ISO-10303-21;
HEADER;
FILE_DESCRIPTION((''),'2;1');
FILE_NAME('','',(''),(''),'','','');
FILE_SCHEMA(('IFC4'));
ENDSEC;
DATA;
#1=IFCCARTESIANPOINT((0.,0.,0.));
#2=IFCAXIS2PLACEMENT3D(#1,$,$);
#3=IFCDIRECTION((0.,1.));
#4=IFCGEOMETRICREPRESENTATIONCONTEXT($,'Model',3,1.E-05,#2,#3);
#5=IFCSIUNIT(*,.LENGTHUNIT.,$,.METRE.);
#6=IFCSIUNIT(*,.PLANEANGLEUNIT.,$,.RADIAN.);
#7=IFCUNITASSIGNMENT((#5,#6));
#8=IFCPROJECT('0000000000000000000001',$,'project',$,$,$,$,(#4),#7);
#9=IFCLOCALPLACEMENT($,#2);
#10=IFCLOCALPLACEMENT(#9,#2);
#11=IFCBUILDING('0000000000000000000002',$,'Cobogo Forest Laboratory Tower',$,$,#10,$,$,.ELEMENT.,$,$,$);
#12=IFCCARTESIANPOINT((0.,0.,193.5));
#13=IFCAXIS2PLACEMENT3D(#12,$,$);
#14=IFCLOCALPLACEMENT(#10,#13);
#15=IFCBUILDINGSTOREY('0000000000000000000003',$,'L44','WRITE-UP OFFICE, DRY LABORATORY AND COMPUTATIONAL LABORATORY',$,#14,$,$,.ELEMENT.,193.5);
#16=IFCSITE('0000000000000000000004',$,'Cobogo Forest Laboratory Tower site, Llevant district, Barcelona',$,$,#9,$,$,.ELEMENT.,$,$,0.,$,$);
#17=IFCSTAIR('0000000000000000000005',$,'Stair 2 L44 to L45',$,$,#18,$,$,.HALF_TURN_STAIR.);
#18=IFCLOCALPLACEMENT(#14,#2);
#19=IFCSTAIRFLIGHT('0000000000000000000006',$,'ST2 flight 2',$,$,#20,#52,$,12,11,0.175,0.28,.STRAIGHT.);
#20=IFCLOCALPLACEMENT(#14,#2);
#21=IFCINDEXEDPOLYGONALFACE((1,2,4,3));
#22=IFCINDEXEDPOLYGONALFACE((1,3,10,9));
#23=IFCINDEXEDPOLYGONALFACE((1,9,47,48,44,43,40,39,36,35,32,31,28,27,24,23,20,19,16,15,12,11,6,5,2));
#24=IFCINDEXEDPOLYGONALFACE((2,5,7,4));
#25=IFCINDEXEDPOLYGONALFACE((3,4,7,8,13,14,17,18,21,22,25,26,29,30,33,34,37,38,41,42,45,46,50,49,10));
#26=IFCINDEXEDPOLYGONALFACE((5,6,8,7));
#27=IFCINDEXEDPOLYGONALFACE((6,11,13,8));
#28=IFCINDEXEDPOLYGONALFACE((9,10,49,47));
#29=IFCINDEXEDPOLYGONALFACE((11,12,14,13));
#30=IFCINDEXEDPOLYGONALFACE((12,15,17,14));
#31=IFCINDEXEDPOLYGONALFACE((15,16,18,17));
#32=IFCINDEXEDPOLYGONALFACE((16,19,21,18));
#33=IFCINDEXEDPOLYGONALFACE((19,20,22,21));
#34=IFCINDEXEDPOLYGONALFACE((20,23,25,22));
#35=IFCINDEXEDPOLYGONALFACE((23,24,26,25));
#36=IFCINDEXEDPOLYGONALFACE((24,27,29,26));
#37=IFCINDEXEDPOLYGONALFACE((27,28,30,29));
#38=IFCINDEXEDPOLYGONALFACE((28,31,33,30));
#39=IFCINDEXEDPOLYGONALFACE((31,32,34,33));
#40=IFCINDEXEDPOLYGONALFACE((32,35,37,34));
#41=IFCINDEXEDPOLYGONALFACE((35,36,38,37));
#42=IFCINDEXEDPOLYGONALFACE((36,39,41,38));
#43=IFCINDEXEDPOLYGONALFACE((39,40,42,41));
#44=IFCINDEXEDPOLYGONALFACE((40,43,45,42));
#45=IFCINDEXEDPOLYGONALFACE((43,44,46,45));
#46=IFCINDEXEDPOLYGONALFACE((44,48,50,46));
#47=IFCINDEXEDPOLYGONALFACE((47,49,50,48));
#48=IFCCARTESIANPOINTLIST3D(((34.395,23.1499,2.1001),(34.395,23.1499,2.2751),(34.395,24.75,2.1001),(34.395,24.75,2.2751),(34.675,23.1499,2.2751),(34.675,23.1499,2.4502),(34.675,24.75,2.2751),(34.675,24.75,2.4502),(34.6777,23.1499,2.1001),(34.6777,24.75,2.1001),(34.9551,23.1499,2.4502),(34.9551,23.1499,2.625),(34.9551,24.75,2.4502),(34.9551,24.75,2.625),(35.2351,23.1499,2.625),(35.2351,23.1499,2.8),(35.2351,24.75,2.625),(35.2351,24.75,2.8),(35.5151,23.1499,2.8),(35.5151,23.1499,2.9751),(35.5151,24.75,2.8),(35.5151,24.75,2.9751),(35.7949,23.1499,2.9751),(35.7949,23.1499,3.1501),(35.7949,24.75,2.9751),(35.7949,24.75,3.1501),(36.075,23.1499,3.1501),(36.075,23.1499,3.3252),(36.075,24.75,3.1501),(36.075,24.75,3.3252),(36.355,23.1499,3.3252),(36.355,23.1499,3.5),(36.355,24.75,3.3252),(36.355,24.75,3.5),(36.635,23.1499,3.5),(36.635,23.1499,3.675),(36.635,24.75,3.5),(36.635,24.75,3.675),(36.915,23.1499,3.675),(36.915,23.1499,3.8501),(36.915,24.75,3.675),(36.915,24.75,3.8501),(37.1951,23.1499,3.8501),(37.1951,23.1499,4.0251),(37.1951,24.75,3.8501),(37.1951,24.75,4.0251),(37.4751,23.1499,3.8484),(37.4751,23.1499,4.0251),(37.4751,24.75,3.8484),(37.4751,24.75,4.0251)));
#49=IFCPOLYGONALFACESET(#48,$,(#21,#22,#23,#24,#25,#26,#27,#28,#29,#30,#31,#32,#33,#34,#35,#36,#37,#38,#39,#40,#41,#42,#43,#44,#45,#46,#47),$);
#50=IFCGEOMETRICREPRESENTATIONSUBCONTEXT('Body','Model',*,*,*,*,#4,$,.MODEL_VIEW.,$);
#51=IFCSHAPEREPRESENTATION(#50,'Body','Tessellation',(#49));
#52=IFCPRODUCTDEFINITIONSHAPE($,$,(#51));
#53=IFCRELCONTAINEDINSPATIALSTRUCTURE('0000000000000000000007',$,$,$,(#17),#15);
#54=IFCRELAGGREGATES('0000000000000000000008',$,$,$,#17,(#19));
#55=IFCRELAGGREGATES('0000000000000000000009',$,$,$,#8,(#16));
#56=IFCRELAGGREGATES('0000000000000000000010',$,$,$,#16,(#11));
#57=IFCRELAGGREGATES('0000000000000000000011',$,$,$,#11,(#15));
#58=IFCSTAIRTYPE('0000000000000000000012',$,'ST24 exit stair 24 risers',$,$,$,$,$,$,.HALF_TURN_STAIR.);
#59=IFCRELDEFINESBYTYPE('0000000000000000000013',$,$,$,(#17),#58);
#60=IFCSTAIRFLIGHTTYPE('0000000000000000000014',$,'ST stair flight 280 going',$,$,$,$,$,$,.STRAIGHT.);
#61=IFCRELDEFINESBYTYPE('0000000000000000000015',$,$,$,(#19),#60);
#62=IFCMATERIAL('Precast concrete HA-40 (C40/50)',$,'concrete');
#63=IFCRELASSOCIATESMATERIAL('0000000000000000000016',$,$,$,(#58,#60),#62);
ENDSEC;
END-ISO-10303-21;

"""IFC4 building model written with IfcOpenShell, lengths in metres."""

from ifc_helpers import new_model, si_unit, direction, frame, origin, place, context, subcontext, project, spatial, polyline, outline, extrude, material, type_object, element, aggregate, save


model = new_model("IFC4")

# Units and contexts
model_context = context("Model", 3, precision=1e-05, world=origin(), true_north=direction((0.0, 1.0)))
body_context = subcontext(model_context, "Body", "Model", "MODEL_VIEW")
ifc_project = project(units=[si_unit("LENGTHUNIT", "METRE"), si_unit("PLANEANGLEUNIT", "RADIAN")], contexts=[model_context])

# Site, building, storey
site_placement = place(None, origin())
site = spatial("IfcSite", under=ifc_project, at=site_placement, Name="Cobogo Forest Laboratory Tower site, Llevant district, Barcelona", CompositionType="ELEMENT", RefElevation=0.0)
building_placement = place(site_placement, origin())
building = spatial("IfcBuilding", under=site, at=building_placement, Name="Cobogo Forest Laboratory Tower", CompositionType="ELEMENT")
storey_placement = place(building_placement, frame((0.0, 0.0, 193.5)))
storey = spatial("IfcBuildingStorey", under=building, at=storey_placement, Name="L44", Description="WRITE-UP OFFICE, DRY LABORATORY AND COMPUTATIONAL LABORATORY", CompositionType="ELEMENT", Elevation=193.5)

# Stair, stair flight
ifc_material_1 = material(Name="Precast concrete HA-40 (C40/50)", Category="concrete")
stair_type = type_object("IfcStairType", Name="ST24 exit stair 24 risers", PredefinedType="HALF_TURN_STAIR", material=ifc_material_1)
stair_placement = place(storey_placement, origin())
stair = element("IfcStair", 1, at=stair_placement, inside=storey, type_object=stair_type, Name="Stair 2 L44 to L45", PredefinedType="HALF_TURN_STAIR")
stair_flight_type = type_object("IfcStairFlightType", Name="ST stair flight 280 going", PredefinedType="STRAIGHT", material=ifc_material_1)
stair_flight_1_placement = place(storey_placement, frame((34.395, 23.95, 2.1001), z_axis=(0.0, 0.0, 1.0), x_axis=(1.0, 0.0, 0.0)))
stair_flight_1 = element("IfcStairFlight", 2, at=stair_flight_1_placement, type_object=stair_flight_type, Name="ST2 flight 2", NumberOfRisers=12, NumberOfTreads=11, PredefinedType="STRAIGHT", RiserHeight=0.175, TreadLength=0.28, context=body_context, shape_type="SweptSolid", body=[
    extrude(outline(polyline([(0.0, 0.0), (0.0, 0.175), (0.28, 0.175), (0.28, 0.3501), (0.5601, 0.3501), (0.5601, 0.5249), (0.8401, 0.5249), (0.8401, 0.7), (1.1201, 0.7), (1.1201, 0.875), (1.3999, 0.875), (1.3999, 1.05), (1.6799, 1.05), (1.6799, 1.2251), (1.96, 1.2251), (1.96, 1.3999), (2.24, 1.3999), (2.24, 1.575), (2.52, 1.575), (2.52, 1.75), (2.8, 1.75), (2.8, 1.925), (3.0801, 1.925), (3.0801, 2.1001), (3.0801, 1.7483), (0.2827, 0.0), (0.0, 0.0)])), frame((0.0, 0.8, 0.0), z_axis=(0.0, -1.0, 0.0), x_axis=(1.0, 0.0, 0.0)), (0.0, 0.0, 1.0), 1.6001),
])
aggregate(stair, [stair_flight_1])

save(model, "model.ifc")
